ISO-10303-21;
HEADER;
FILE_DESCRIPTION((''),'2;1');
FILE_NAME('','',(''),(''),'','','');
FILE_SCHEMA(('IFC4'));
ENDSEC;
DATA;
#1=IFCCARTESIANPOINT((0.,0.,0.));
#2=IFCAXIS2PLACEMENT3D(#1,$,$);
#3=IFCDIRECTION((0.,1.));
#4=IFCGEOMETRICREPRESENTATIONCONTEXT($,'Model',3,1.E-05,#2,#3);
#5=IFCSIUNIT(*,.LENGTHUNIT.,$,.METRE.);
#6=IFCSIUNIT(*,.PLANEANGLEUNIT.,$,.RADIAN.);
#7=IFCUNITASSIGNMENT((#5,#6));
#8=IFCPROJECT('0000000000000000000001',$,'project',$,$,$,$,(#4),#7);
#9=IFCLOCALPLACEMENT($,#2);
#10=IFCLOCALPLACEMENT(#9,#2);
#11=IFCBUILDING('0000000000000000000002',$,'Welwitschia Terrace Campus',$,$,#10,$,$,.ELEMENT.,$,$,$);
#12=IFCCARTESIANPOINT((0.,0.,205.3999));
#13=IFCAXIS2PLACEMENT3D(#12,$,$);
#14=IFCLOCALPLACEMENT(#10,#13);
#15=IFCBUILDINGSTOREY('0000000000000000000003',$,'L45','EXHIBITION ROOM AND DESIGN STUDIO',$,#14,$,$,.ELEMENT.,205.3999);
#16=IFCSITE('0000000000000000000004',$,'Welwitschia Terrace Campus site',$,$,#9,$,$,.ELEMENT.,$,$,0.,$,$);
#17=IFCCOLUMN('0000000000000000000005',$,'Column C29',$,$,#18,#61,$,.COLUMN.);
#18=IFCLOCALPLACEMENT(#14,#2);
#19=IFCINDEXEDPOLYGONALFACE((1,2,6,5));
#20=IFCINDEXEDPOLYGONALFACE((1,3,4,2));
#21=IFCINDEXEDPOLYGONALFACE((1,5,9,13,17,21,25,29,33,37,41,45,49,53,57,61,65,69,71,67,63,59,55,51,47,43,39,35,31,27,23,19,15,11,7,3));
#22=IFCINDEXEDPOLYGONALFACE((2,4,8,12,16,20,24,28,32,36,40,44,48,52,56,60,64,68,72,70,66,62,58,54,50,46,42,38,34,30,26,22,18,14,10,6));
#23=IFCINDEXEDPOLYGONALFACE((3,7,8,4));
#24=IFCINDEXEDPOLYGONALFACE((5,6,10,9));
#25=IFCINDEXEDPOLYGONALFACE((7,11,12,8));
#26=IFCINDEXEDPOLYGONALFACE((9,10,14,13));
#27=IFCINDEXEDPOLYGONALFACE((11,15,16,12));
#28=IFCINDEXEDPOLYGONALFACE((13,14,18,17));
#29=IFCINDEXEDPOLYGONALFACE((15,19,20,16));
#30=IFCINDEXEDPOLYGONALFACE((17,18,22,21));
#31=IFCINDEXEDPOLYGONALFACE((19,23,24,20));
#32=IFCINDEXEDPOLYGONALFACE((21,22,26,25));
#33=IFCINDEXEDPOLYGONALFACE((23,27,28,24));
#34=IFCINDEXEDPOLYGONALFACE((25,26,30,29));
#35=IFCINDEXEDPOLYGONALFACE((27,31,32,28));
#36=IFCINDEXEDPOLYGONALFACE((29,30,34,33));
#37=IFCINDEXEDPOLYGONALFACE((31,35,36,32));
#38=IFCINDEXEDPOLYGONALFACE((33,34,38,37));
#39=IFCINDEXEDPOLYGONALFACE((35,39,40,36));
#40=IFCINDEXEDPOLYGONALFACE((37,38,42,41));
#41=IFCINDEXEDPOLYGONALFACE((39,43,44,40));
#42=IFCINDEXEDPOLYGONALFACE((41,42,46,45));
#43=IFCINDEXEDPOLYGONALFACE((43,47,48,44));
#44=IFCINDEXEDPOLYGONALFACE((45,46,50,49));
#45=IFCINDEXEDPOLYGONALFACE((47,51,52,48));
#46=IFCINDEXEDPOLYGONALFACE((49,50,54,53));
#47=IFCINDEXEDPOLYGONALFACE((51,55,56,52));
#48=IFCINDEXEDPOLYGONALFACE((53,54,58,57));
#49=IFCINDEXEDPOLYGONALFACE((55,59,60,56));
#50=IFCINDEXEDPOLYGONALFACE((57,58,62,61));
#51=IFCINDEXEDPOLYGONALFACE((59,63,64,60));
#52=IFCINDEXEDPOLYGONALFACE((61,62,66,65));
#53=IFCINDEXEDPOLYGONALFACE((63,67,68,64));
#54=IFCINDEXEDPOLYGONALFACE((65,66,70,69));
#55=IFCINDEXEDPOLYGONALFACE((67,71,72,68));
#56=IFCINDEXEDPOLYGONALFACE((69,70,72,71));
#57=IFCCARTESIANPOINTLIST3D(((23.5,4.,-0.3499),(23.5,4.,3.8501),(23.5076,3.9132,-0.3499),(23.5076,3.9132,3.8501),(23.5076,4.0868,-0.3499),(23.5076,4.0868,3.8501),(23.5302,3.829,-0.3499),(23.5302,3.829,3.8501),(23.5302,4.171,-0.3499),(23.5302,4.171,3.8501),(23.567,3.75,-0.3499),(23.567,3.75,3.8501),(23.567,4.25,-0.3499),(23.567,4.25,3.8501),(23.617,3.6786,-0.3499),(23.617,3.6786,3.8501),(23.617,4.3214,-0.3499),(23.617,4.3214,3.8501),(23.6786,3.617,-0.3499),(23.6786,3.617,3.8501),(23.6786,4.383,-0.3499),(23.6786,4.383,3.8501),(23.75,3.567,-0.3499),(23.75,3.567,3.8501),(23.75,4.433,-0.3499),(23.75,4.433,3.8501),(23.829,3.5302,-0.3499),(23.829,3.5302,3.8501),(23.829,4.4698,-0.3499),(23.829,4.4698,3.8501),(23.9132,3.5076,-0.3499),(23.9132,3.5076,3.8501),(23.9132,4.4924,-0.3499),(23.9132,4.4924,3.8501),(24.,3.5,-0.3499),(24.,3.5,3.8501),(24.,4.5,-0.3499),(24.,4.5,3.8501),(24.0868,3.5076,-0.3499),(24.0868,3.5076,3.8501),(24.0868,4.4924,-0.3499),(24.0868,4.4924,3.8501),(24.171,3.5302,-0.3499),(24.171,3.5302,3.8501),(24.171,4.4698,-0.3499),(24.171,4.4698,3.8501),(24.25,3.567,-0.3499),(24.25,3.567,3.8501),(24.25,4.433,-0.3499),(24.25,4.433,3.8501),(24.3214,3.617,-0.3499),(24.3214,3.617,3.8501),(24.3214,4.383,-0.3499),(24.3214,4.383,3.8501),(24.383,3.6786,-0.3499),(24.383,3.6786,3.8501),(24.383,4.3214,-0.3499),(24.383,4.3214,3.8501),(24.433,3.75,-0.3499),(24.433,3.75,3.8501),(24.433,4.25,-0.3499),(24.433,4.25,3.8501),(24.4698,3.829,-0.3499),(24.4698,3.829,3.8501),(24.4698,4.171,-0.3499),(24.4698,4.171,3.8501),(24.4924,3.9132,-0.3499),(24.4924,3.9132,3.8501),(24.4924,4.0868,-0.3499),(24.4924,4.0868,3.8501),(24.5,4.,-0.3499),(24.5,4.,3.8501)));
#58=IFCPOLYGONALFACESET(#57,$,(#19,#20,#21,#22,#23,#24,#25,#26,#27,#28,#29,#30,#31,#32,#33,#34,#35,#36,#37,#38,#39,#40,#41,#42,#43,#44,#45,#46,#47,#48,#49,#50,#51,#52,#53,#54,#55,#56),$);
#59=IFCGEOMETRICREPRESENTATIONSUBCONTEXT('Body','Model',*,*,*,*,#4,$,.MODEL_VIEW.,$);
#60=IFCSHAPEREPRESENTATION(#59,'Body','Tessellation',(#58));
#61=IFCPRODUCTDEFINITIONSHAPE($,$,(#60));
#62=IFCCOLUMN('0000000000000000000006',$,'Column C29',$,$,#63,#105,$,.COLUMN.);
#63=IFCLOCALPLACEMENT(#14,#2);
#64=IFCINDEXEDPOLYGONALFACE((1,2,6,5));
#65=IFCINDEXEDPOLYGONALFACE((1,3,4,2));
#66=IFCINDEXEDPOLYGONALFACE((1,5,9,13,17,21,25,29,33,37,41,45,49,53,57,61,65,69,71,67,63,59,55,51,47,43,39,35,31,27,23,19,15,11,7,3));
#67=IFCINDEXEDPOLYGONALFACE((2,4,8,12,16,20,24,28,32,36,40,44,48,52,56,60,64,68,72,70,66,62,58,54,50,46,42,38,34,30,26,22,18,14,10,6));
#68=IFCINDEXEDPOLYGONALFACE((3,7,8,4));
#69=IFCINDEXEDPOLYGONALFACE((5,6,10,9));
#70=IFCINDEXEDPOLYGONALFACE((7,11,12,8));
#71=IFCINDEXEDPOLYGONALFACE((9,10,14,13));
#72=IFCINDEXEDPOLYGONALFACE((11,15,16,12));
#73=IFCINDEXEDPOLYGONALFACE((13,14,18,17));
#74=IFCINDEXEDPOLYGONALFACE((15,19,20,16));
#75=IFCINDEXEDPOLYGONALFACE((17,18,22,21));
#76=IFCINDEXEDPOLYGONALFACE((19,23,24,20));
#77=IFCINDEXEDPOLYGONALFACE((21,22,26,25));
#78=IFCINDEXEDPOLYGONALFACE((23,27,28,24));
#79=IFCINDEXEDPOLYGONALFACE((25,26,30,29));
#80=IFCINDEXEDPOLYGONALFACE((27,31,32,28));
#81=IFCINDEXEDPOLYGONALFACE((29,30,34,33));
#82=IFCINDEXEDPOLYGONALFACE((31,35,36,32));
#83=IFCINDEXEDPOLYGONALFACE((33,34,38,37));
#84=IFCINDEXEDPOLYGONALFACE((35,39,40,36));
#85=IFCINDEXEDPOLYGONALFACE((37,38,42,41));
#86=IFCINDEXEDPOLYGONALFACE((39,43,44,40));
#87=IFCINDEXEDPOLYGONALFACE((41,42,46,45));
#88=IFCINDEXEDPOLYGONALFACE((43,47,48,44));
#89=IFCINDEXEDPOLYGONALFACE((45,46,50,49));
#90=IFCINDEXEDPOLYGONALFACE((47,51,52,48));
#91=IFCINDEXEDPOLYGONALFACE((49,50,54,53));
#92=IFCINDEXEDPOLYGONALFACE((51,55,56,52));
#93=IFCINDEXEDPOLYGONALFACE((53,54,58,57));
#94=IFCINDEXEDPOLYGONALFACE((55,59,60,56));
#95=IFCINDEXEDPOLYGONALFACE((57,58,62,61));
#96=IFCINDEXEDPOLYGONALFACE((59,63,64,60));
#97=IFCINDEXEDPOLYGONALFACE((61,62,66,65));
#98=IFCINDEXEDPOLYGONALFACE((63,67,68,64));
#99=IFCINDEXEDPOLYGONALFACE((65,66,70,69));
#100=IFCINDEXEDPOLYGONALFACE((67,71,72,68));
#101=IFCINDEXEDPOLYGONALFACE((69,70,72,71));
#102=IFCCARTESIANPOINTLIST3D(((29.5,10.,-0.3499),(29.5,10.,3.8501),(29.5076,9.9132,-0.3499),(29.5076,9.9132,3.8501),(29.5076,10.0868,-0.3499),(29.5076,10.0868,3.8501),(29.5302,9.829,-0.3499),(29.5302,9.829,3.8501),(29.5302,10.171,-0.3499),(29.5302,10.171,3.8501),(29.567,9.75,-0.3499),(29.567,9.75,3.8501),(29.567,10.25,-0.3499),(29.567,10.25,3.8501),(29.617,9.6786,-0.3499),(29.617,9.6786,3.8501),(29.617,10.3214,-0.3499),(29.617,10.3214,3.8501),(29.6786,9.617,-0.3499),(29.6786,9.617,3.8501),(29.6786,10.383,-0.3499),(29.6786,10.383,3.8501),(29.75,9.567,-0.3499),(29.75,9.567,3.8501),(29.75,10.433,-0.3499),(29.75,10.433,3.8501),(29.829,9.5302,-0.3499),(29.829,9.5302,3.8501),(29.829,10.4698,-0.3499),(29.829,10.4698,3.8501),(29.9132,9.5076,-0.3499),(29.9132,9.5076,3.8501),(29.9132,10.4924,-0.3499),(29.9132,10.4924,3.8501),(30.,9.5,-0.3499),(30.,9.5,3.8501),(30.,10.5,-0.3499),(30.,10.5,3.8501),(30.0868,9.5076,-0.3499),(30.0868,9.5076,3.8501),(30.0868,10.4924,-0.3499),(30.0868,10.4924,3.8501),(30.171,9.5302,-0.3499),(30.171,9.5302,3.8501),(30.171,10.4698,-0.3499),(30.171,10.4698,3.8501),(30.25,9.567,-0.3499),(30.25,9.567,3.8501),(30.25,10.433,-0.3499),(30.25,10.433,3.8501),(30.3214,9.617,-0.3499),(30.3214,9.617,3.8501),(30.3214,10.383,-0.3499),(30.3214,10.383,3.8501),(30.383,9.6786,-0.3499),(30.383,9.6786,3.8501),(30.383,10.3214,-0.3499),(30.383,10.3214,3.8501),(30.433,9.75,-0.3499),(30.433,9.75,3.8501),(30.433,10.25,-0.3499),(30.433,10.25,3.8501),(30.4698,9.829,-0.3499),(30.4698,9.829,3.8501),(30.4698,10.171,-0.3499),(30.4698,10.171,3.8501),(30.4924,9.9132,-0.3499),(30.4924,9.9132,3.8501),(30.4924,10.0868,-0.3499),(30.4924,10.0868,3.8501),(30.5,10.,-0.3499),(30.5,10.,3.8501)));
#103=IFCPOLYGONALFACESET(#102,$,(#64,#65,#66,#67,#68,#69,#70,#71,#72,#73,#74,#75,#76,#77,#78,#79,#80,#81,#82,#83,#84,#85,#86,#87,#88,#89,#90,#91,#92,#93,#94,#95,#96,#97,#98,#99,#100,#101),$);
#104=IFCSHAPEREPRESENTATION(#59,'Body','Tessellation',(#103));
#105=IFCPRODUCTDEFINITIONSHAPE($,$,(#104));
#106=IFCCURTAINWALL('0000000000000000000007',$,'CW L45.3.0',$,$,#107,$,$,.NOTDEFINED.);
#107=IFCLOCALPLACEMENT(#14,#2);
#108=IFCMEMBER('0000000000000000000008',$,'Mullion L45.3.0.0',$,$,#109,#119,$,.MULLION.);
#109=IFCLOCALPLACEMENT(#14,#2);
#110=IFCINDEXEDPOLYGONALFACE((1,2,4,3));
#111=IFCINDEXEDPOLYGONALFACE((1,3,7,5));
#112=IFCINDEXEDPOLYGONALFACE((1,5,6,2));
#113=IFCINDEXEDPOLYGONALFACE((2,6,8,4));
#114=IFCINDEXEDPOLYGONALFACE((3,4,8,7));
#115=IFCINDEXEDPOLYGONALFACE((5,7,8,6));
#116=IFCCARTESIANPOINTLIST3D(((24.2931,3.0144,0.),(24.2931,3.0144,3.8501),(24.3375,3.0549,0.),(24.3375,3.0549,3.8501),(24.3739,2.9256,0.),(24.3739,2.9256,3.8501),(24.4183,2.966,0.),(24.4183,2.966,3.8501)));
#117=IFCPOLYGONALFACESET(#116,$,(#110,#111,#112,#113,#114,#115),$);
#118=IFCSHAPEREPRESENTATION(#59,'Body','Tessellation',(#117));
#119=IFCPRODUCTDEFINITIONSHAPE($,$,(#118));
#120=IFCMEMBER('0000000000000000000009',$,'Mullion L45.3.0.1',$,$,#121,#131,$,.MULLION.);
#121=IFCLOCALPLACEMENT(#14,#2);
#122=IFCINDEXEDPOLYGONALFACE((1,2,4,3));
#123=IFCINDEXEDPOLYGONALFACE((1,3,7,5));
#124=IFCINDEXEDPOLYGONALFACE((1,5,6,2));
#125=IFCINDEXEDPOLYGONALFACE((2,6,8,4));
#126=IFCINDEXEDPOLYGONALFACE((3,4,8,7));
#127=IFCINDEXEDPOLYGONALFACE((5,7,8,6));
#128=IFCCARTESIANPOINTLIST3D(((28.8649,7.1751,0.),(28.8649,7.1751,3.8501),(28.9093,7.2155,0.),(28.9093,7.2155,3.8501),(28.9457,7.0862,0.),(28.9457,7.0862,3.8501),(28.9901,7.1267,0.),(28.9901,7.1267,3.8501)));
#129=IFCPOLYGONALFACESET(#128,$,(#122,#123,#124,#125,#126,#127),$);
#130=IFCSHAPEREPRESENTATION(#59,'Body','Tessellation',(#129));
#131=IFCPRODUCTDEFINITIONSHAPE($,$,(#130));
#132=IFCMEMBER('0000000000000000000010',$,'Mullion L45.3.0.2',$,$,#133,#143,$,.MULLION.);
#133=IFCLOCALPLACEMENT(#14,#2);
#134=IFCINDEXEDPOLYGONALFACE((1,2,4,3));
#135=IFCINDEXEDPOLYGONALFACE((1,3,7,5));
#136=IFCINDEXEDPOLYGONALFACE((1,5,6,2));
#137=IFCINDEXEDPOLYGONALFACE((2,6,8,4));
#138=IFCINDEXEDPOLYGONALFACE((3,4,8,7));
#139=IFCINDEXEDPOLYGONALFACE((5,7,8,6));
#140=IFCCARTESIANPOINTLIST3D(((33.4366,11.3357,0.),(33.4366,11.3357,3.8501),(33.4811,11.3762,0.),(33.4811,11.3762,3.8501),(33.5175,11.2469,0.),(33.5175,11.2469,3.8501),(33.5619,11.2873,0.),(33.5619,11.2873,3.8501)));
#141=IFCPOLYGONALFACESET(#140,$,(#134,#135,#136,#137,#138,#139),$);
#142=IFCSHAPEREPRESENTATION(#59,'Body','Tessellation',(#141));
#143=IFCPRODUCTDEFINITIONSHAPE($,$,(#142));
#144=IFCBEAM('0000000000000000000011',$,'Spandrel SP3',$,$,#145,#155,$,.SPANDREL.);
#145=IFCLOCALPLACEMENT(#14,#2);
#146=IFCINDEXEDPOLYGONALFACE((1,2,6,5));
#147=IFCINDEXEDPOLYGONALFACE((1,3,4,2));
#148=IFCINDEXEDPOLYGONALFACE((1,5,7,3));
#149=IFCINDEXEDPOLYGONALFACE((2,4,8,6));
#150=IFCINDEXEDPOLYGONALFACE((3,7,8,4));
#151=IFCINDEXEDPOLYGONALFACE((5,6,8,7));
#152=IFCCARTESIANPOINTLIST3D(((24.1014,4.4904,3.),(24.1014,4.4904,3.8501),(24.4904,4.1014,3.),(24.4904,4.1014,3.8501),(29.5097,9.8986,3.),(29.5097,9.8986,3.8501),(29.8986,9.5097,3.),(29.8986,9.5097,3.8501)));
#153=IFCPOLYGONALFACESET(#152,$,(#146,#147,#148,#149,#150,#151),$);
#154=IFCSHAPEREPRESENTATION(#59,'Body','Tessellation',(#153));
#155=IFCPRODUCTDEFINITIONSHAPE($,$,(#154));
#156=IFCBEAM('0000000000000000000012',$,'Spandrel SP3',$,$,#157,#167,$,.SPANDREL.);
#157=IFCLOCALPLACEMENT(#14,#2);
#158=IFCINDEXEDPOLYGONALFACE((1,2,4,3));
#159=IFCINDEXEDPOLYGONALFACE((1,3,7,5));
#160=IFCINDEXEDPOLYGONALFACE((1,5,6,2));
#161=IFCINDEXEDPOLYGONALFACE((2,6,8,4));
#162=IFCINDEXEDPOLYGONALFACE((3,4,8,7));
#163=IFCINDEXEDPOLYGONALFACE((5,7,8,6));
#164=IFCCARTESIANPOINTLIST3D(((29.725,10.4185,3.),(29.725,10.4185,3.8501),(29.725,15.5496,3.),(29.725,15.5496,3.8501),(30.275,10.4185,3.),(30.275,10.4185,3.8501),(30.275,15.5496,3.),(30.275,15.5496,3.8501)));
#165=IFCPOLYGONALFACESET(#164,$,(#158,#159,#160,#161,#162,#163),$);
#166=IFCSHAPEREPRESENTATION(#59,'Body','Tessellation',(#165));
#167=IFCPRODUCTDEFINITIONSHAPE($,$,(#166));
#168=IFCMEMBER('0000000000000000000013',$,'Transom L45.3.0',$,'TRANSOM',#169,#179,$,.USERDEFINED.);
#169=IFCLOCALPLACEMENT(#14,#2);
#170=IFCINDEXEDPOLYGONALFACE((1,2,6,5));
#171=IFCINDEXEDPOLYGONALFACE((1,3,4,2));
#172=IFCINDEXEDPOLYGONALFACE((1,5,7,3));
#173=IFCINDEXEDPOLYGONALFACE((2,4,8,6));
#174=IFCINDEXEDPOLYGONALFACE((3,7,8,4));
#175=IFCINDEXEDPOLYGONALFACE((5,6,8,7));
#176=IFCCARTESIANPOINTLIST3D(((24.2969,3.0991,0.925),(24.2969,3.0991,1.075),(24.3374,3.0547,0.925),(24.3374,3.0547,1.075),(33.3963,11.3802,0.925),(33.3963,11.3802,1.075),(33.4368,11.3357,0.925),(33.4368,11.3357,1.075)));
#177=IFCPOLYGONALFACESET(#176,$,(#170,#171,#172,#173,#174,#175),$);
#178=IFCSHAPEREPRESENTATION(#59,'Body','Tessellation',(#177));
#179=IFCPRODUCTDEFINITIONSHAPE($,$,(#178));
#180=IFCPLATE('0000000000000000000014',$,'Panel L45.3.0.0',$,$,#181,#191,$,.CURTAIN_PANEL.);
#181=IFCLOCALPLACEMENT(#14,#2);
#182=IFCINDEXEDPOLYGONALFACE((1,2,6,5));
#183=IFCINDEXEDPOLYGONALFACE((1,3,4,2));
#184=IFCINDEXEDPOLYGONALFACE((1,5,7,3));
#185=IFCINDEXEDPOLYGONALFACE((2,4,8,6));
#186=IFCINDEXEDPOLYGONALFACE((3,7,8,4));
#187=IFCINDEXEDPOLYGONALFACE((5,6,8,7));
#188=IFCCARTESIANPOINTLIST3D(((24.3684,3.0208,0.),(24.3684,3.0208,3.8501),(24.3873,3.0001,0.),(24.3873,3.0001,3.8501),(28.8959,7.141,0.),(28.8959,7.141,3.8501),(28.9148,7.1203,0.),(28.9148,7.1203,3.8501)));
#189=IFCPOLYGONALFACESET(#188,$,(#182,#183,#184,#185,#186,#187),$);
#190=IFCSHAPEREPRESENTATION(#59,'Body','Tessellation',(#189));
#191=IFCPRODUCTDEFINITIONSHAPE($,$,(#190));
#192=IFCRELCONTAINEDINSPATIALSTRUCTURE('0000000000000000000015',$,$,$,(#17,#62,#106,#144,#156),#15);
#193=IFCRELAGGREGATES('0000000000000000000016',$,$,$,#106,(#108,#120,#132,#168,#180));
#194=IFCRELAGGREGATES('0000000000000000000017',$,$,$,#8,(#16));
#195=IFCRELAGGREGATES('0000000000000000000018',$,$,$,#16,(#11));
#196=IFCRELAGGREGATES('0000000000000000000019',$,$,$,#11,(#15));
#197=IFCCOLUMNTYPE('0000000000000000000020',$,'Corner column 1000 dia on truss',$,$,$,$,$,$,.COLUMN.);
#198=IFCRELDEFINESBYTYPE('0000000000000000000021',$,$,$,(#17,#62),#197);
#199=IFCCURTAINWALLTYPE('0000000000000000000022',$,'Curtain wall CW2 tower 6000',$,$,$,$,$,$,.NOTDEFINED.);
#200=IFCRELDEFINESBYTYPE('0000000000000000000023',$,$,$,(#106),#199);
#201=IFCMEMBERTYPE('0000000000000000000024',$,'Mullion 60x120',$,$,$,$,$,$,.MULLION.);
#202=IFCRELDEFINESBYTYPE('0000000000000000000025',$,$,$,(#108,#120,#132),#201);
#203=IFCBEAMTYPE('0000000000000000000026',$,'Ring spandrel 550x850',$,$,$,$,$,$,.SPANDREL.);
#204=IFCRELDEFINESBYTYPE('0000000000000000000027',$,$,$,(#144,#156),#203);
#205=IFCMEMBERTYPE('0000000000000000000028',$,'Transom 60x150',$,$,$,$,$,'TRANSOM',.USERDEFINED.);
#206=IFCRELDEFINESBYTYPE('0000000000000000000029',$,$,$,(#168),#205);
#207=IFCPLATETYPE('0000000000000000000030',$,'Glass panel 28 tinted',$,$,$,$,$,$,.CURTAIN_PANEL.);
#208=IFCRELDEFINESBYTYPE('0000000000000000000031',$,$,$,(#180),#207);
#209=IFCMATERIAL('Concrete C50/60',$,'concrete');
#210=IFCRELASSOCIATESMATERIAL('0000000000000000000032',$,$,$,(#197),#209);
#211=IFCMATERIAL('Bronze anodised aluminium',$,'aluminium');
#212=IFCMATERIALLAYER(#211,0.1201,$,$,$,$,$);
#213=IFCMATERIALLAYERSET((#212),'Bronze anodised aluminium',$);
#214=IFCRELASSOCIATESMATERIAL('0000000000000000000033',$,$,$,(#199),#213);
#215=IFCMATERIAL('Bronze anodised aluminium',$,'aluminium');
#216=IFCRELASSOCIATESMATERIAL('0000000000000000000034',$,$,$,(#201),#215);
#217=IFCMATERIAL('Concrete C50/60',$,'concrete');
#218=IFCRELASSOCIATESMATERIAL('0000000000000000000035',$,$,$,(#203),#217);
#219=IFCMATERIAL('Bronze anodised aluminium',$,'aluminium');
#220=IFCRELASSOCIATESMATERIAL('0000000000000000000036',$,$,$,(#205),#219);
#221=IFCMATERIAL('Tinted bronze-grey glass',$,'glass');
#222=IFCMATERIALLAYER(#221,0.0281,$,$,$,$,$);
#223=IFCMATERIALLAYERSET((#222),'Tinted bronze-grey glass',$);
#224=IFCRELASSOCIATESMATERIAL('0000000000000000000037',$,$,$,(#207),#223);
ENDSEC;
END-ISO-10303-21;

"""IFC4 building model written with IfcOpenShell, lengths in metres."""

from ifc_helpers import new_model, si_unit, direction, frame, origin, origin_2d, place, context, subcontext, project, spatial, rectangle, circle, extrude, material, layer, layer_set, material_profile, profile_set, type_object, element, aggregate, save


model = new_model("IFC4")

# Units and contexts
model_context = context("Model", 3, precision=1e-05, world=origin(), true_north=direction((0.0, 1.0)))
body_context = subcontext(model_context, "Body", "Model", "MODEL_VIEW")
ifc_project = project(units=[si_unit("LENGTHUNIT", "METRE"), si_unit("PLANEANGLEUNIT", "RADIAN")], contexts=[model_context])

# Site, building, storey
site_placement = place(None, origin())
site = spatial("IfcSite", under=ifc_project, at=site_placement, Name="Welwitschia Terrace Campus site", CompositionType="ELEMENT", RefElevation=0.0)
building_placement = place(site_placement, origin())
building = spatial("IfcBuilding", under=site, at=building_placement, Name="Welwitschia Terrace Campus", CompositionType="ELEMENT")
storey_placement = place(building_placement, frame((0.0, 0.0, 205.3999)))
storey = spatial("IfcBuildingStorey", under=building, at=storey_placement, Name="L45", Description="EXHIBITION ROOM AND DESIGN STUDIO", CompositionType="ELEMENT", Elevation=205.3999)

# Columns
ifc_material_1 = material(Name="Concrete C50/60", Category="concrete")
ifc_material_profile_1 = material_profile(ifc_material_1, circle(Radius=0.5, at=origin_2d()))
ifc_profile_set_1 = profile_set([ifc_material_profile_1], Name="Concrete C50/60")
column_type = type_object("IfcColumnType", Name="Corner column 1000 dia on truss", PredefinedType="COLUMN", material=ifc_profile_set_1)
for number, where, z_axis, x_axis, name in (
    (1, (24.0, 4.0, -0.3499), (0.0, 0.0, 1.0), (1.0, 0.0, 0.0), "Column C29"),
    (2, (30.0, 10.0, -0.3499), (0.0, 0.0, 1.0), (1.0, 0.0, 0.0), "Column C29"),
):
    element("IfcColumn", number, at=place(storey_placement, frame(where, z_axis=z_axis, x_axis=x_axis)), inside=storey, type_object=column_type, Name=name, PredefinedType="COLUMN", context=body_context, shape_type="SweptSolid", body=[
        extrude(circle(Radius=0.5, at=origin_2d()), origin(), (0.0, 0.0, 1.0), 4.2),
    ])

# Curtain wall, members
ifc_material_2 = material(Name="Bronze anodised aluminium", Category="aluminium")
ifc_layer_1 = layer(ifc_material_2, 0.1201)
ifc_layer_set_1 = layer_set([ifc_layer_1], Name="Bronze anodised aluminium")
curtain_wall_type = type_object("IfcCurtainWallType", Name="Curtain wall CW2 tower 6000", PredefinedType="NOTDEFINED", material=ifc_layer_set_1)
curtain_wall_placement = place(storey_placement, origin())
curtain_wall = element("IfcCurtainWall", 3, at=curtain_wall_placement, inside=storey, type_object=curtain_wall_type, Name="CW L45.3.0", PredefinedType="NOTDEFINED")
ifc_material_3 = material(Name="Bronze anodised aluminium", Category="aluminium")
ifc_material_profile_2 = material_profile(ifc_material_3, rectangle(XDim=0.1201, YDim=0.0601, at=origin_2d()))
ifc_profile_set_2 = profile_set([ifc_material_profile_2], Name="Bronze anodised aluminium")
member_type_1 = type_object("IfcMemberType", Name="Mullion 60x120", PredefinedType="MULLION", material=ifc_profile_set_2)
member_1_placement = place(storey_placement, frame((24.3557, 2.9902, 0.0), z_axis=(0.0, 0.0, 1.0), x_axis=(-0.673062, 0.739586, 0.0)))
member_1 = element("IfcMember", 4, at=member_1_placement, type_object=member_type_1, Name="Mullion L45.3.0.0", PredefinedType="MULLION", context=body_context, shape_type="SweptSolid", body=[
    extrude(rectangle(XDim=0.1201, YDim=0.0601, at=origin_2d()), origin(), (0.0, 0.0, 1.0), 3.8501),
])
member_2_placement = place(storey_placement, frame((28.9275, 7.1509, 0.0), z_axis=(0.0, 0.0, 1.0), x_axis=(-0.673062, 0.739586, 0.0)))
member_2 = element("IfcMember", 5, at=member_2_placement, type_object=member_type_1, Name="Mullion L45.3.0.1", PredefinedType="MULLION", context=body_context, shape_type="SweptSolid", body=[
    extrude(rectangle(XDim=0.1201, YDim=0.0601, at=origin_2d()), origin(), (0.0, 0.0, 1.0), 3.8501),
])
member_3_placement = place(storey_placement, frame((33.4993, 11.3115, 0.0), z_axis=(0.0, 0.0, 1.0), x_axis=(-0.673062, 0.739586, 0.0)))
member_3 = element("IfcMember", 6, at=member_3_placement, type_object=member_type_1, Name="Mullion L45.3.0.2", PredefinedType="MULLION", context=body_context, shape_type="SweptSolid", body=[
    extrude(rectangle(XDim=0.1201, YDim=0.0601, at=origin_2d()), origin(), (0.0, 0.0, 1.0), 3.8501),
])

# Beams
ifc_material_4 = material(Name="Concrete C50/60", Category="concrete")
ifc_material_profile_3 = material_profile(ifc_material_4, rectangle(XDim=0.55, YDim=0.8501, at=origin_2d()))
ifc_profile_set_3 = profile_set([ifc_material_profile_3], Name="Concrete C50/60")
beam_type = type_object("IfcBeamType", Name="Ring spandrel 550x850", PredefinedType="SPANDREL", material=ifc_profile_set_3)
beam_1_placement = place(storey_placement, frame((24.2959, 4.2959, 3.425), z_axis=(0.707107, 0.707107, 0.0), x_axis=(-0.707107, 0.707107, 0.0)))
element("IfcBeam", 7, at=beam_1_placement, inside=storey, type_object=beam_type, Name="Spandrel SP3", PredefinedType="SPANDREL", context=body_context, shape_type="SweptSolid", body=[
    extrude(rectangle(XDim=0.55, YDim=0.8501, at=origin_2d()), origin(), (0.0, 0.0, 1.0), 7.6484),
])
beam_2_placement = place(storey_placement, frame((30.0, 10.4185, 3.425), z_axis=(0.0, 1.0, 0.0), x_axis=(-1.0, 0.0, 0.0)))
element("IfcBeam", 8, at=beam_2_placement, inside=storey, type_object=beam_type, Name="Spandrel SP3", PredefinedType="SPANDREL", context=body_context, shape_type="SweptSolid", body=[
    extrude(rectangle(XDim=0.55, YDim=0.8501, at=origin_2d()), origin(), (0.0, 0.0, 1.0), 5.1311),
])

# Member
ifc_material_5 = material(Name="Bronze anodised aluminium", Category="aluminium")
ifc_material_profile_4 = material_profile(ifc_material_5, rectangle(XDim=0.0601, YDim=0.1499, at=origin_2d()))
ifc_profile_set_4 = profile_set([ifc_material_profile_4], Name="Bronze anodised aluminium")
member_type_2 = type_object("IfcMemberType", Name="Transom 60x150", ElementType="TRANSOM", PredefinedType="USERDEFINED", material=ifc_profile_set_4)
member_4_placement = place(storey_placement, frame((24.3171, 3.0769, 1.0), z_axis=(0.739582, 0.673067, 0.0), x_axis=(-0.673067, 0.739582, 0.0)))
member_4 = element("IfcMember", 9, at=member_4_placement, type_object=member_type_2, Name="Transom L45.3.0", ObjectType="TRANSOM", PredefinedType="USERDEFINED", context=body_context, shape_type="SweptSolid", body=[
    extrude(rectangle(XDim=0.0601, YDim=0.1499, at=origin_2d()), origin(), (0.0, 0.0, 1.0), 12.3035),
])

# Plate
ifc_material_6 = material(Name="Tinted bronze-grey glass", Category="glass")
ifc_layer_2 = layer(ifc_material_6, 0.0281)
ifc_layer_set_2 = layer_set([ifc_layer_2], Name="Tinted bronze-grey glass")
plate_type = type_object("IfcPlateType", Name="Glass panel 28 tinted", PredefinedType="CURTAIN_PANEL", material=ifc_layer_set_2)
plate_1_placement = place(storey_placement, frame((26.6416, 5.0706, 0.0), z_axis=(0.0, 0.0, 1.0), x_axis=(0.739586, 0.673062, 0.0)))
plate_1 = element("IfcPlate", 10, at=plate_1_placement, type_object=plate_type, Name="Panel L45.3.0.0", PredefinedType="CURTAIN_PANEL", context=body_context, shape_type="SweptSolid", body=[
    extrude(rectangle(XDim=6.1216, YDim=0.0281, at=origin_2d()), origin(), (0.0, 0.0, 1.0), 3.8501),
])
aggregate(curtain_wall, [member_1, member_2, member_3, member_4, plate_1])

save(model, "model.ifc")
